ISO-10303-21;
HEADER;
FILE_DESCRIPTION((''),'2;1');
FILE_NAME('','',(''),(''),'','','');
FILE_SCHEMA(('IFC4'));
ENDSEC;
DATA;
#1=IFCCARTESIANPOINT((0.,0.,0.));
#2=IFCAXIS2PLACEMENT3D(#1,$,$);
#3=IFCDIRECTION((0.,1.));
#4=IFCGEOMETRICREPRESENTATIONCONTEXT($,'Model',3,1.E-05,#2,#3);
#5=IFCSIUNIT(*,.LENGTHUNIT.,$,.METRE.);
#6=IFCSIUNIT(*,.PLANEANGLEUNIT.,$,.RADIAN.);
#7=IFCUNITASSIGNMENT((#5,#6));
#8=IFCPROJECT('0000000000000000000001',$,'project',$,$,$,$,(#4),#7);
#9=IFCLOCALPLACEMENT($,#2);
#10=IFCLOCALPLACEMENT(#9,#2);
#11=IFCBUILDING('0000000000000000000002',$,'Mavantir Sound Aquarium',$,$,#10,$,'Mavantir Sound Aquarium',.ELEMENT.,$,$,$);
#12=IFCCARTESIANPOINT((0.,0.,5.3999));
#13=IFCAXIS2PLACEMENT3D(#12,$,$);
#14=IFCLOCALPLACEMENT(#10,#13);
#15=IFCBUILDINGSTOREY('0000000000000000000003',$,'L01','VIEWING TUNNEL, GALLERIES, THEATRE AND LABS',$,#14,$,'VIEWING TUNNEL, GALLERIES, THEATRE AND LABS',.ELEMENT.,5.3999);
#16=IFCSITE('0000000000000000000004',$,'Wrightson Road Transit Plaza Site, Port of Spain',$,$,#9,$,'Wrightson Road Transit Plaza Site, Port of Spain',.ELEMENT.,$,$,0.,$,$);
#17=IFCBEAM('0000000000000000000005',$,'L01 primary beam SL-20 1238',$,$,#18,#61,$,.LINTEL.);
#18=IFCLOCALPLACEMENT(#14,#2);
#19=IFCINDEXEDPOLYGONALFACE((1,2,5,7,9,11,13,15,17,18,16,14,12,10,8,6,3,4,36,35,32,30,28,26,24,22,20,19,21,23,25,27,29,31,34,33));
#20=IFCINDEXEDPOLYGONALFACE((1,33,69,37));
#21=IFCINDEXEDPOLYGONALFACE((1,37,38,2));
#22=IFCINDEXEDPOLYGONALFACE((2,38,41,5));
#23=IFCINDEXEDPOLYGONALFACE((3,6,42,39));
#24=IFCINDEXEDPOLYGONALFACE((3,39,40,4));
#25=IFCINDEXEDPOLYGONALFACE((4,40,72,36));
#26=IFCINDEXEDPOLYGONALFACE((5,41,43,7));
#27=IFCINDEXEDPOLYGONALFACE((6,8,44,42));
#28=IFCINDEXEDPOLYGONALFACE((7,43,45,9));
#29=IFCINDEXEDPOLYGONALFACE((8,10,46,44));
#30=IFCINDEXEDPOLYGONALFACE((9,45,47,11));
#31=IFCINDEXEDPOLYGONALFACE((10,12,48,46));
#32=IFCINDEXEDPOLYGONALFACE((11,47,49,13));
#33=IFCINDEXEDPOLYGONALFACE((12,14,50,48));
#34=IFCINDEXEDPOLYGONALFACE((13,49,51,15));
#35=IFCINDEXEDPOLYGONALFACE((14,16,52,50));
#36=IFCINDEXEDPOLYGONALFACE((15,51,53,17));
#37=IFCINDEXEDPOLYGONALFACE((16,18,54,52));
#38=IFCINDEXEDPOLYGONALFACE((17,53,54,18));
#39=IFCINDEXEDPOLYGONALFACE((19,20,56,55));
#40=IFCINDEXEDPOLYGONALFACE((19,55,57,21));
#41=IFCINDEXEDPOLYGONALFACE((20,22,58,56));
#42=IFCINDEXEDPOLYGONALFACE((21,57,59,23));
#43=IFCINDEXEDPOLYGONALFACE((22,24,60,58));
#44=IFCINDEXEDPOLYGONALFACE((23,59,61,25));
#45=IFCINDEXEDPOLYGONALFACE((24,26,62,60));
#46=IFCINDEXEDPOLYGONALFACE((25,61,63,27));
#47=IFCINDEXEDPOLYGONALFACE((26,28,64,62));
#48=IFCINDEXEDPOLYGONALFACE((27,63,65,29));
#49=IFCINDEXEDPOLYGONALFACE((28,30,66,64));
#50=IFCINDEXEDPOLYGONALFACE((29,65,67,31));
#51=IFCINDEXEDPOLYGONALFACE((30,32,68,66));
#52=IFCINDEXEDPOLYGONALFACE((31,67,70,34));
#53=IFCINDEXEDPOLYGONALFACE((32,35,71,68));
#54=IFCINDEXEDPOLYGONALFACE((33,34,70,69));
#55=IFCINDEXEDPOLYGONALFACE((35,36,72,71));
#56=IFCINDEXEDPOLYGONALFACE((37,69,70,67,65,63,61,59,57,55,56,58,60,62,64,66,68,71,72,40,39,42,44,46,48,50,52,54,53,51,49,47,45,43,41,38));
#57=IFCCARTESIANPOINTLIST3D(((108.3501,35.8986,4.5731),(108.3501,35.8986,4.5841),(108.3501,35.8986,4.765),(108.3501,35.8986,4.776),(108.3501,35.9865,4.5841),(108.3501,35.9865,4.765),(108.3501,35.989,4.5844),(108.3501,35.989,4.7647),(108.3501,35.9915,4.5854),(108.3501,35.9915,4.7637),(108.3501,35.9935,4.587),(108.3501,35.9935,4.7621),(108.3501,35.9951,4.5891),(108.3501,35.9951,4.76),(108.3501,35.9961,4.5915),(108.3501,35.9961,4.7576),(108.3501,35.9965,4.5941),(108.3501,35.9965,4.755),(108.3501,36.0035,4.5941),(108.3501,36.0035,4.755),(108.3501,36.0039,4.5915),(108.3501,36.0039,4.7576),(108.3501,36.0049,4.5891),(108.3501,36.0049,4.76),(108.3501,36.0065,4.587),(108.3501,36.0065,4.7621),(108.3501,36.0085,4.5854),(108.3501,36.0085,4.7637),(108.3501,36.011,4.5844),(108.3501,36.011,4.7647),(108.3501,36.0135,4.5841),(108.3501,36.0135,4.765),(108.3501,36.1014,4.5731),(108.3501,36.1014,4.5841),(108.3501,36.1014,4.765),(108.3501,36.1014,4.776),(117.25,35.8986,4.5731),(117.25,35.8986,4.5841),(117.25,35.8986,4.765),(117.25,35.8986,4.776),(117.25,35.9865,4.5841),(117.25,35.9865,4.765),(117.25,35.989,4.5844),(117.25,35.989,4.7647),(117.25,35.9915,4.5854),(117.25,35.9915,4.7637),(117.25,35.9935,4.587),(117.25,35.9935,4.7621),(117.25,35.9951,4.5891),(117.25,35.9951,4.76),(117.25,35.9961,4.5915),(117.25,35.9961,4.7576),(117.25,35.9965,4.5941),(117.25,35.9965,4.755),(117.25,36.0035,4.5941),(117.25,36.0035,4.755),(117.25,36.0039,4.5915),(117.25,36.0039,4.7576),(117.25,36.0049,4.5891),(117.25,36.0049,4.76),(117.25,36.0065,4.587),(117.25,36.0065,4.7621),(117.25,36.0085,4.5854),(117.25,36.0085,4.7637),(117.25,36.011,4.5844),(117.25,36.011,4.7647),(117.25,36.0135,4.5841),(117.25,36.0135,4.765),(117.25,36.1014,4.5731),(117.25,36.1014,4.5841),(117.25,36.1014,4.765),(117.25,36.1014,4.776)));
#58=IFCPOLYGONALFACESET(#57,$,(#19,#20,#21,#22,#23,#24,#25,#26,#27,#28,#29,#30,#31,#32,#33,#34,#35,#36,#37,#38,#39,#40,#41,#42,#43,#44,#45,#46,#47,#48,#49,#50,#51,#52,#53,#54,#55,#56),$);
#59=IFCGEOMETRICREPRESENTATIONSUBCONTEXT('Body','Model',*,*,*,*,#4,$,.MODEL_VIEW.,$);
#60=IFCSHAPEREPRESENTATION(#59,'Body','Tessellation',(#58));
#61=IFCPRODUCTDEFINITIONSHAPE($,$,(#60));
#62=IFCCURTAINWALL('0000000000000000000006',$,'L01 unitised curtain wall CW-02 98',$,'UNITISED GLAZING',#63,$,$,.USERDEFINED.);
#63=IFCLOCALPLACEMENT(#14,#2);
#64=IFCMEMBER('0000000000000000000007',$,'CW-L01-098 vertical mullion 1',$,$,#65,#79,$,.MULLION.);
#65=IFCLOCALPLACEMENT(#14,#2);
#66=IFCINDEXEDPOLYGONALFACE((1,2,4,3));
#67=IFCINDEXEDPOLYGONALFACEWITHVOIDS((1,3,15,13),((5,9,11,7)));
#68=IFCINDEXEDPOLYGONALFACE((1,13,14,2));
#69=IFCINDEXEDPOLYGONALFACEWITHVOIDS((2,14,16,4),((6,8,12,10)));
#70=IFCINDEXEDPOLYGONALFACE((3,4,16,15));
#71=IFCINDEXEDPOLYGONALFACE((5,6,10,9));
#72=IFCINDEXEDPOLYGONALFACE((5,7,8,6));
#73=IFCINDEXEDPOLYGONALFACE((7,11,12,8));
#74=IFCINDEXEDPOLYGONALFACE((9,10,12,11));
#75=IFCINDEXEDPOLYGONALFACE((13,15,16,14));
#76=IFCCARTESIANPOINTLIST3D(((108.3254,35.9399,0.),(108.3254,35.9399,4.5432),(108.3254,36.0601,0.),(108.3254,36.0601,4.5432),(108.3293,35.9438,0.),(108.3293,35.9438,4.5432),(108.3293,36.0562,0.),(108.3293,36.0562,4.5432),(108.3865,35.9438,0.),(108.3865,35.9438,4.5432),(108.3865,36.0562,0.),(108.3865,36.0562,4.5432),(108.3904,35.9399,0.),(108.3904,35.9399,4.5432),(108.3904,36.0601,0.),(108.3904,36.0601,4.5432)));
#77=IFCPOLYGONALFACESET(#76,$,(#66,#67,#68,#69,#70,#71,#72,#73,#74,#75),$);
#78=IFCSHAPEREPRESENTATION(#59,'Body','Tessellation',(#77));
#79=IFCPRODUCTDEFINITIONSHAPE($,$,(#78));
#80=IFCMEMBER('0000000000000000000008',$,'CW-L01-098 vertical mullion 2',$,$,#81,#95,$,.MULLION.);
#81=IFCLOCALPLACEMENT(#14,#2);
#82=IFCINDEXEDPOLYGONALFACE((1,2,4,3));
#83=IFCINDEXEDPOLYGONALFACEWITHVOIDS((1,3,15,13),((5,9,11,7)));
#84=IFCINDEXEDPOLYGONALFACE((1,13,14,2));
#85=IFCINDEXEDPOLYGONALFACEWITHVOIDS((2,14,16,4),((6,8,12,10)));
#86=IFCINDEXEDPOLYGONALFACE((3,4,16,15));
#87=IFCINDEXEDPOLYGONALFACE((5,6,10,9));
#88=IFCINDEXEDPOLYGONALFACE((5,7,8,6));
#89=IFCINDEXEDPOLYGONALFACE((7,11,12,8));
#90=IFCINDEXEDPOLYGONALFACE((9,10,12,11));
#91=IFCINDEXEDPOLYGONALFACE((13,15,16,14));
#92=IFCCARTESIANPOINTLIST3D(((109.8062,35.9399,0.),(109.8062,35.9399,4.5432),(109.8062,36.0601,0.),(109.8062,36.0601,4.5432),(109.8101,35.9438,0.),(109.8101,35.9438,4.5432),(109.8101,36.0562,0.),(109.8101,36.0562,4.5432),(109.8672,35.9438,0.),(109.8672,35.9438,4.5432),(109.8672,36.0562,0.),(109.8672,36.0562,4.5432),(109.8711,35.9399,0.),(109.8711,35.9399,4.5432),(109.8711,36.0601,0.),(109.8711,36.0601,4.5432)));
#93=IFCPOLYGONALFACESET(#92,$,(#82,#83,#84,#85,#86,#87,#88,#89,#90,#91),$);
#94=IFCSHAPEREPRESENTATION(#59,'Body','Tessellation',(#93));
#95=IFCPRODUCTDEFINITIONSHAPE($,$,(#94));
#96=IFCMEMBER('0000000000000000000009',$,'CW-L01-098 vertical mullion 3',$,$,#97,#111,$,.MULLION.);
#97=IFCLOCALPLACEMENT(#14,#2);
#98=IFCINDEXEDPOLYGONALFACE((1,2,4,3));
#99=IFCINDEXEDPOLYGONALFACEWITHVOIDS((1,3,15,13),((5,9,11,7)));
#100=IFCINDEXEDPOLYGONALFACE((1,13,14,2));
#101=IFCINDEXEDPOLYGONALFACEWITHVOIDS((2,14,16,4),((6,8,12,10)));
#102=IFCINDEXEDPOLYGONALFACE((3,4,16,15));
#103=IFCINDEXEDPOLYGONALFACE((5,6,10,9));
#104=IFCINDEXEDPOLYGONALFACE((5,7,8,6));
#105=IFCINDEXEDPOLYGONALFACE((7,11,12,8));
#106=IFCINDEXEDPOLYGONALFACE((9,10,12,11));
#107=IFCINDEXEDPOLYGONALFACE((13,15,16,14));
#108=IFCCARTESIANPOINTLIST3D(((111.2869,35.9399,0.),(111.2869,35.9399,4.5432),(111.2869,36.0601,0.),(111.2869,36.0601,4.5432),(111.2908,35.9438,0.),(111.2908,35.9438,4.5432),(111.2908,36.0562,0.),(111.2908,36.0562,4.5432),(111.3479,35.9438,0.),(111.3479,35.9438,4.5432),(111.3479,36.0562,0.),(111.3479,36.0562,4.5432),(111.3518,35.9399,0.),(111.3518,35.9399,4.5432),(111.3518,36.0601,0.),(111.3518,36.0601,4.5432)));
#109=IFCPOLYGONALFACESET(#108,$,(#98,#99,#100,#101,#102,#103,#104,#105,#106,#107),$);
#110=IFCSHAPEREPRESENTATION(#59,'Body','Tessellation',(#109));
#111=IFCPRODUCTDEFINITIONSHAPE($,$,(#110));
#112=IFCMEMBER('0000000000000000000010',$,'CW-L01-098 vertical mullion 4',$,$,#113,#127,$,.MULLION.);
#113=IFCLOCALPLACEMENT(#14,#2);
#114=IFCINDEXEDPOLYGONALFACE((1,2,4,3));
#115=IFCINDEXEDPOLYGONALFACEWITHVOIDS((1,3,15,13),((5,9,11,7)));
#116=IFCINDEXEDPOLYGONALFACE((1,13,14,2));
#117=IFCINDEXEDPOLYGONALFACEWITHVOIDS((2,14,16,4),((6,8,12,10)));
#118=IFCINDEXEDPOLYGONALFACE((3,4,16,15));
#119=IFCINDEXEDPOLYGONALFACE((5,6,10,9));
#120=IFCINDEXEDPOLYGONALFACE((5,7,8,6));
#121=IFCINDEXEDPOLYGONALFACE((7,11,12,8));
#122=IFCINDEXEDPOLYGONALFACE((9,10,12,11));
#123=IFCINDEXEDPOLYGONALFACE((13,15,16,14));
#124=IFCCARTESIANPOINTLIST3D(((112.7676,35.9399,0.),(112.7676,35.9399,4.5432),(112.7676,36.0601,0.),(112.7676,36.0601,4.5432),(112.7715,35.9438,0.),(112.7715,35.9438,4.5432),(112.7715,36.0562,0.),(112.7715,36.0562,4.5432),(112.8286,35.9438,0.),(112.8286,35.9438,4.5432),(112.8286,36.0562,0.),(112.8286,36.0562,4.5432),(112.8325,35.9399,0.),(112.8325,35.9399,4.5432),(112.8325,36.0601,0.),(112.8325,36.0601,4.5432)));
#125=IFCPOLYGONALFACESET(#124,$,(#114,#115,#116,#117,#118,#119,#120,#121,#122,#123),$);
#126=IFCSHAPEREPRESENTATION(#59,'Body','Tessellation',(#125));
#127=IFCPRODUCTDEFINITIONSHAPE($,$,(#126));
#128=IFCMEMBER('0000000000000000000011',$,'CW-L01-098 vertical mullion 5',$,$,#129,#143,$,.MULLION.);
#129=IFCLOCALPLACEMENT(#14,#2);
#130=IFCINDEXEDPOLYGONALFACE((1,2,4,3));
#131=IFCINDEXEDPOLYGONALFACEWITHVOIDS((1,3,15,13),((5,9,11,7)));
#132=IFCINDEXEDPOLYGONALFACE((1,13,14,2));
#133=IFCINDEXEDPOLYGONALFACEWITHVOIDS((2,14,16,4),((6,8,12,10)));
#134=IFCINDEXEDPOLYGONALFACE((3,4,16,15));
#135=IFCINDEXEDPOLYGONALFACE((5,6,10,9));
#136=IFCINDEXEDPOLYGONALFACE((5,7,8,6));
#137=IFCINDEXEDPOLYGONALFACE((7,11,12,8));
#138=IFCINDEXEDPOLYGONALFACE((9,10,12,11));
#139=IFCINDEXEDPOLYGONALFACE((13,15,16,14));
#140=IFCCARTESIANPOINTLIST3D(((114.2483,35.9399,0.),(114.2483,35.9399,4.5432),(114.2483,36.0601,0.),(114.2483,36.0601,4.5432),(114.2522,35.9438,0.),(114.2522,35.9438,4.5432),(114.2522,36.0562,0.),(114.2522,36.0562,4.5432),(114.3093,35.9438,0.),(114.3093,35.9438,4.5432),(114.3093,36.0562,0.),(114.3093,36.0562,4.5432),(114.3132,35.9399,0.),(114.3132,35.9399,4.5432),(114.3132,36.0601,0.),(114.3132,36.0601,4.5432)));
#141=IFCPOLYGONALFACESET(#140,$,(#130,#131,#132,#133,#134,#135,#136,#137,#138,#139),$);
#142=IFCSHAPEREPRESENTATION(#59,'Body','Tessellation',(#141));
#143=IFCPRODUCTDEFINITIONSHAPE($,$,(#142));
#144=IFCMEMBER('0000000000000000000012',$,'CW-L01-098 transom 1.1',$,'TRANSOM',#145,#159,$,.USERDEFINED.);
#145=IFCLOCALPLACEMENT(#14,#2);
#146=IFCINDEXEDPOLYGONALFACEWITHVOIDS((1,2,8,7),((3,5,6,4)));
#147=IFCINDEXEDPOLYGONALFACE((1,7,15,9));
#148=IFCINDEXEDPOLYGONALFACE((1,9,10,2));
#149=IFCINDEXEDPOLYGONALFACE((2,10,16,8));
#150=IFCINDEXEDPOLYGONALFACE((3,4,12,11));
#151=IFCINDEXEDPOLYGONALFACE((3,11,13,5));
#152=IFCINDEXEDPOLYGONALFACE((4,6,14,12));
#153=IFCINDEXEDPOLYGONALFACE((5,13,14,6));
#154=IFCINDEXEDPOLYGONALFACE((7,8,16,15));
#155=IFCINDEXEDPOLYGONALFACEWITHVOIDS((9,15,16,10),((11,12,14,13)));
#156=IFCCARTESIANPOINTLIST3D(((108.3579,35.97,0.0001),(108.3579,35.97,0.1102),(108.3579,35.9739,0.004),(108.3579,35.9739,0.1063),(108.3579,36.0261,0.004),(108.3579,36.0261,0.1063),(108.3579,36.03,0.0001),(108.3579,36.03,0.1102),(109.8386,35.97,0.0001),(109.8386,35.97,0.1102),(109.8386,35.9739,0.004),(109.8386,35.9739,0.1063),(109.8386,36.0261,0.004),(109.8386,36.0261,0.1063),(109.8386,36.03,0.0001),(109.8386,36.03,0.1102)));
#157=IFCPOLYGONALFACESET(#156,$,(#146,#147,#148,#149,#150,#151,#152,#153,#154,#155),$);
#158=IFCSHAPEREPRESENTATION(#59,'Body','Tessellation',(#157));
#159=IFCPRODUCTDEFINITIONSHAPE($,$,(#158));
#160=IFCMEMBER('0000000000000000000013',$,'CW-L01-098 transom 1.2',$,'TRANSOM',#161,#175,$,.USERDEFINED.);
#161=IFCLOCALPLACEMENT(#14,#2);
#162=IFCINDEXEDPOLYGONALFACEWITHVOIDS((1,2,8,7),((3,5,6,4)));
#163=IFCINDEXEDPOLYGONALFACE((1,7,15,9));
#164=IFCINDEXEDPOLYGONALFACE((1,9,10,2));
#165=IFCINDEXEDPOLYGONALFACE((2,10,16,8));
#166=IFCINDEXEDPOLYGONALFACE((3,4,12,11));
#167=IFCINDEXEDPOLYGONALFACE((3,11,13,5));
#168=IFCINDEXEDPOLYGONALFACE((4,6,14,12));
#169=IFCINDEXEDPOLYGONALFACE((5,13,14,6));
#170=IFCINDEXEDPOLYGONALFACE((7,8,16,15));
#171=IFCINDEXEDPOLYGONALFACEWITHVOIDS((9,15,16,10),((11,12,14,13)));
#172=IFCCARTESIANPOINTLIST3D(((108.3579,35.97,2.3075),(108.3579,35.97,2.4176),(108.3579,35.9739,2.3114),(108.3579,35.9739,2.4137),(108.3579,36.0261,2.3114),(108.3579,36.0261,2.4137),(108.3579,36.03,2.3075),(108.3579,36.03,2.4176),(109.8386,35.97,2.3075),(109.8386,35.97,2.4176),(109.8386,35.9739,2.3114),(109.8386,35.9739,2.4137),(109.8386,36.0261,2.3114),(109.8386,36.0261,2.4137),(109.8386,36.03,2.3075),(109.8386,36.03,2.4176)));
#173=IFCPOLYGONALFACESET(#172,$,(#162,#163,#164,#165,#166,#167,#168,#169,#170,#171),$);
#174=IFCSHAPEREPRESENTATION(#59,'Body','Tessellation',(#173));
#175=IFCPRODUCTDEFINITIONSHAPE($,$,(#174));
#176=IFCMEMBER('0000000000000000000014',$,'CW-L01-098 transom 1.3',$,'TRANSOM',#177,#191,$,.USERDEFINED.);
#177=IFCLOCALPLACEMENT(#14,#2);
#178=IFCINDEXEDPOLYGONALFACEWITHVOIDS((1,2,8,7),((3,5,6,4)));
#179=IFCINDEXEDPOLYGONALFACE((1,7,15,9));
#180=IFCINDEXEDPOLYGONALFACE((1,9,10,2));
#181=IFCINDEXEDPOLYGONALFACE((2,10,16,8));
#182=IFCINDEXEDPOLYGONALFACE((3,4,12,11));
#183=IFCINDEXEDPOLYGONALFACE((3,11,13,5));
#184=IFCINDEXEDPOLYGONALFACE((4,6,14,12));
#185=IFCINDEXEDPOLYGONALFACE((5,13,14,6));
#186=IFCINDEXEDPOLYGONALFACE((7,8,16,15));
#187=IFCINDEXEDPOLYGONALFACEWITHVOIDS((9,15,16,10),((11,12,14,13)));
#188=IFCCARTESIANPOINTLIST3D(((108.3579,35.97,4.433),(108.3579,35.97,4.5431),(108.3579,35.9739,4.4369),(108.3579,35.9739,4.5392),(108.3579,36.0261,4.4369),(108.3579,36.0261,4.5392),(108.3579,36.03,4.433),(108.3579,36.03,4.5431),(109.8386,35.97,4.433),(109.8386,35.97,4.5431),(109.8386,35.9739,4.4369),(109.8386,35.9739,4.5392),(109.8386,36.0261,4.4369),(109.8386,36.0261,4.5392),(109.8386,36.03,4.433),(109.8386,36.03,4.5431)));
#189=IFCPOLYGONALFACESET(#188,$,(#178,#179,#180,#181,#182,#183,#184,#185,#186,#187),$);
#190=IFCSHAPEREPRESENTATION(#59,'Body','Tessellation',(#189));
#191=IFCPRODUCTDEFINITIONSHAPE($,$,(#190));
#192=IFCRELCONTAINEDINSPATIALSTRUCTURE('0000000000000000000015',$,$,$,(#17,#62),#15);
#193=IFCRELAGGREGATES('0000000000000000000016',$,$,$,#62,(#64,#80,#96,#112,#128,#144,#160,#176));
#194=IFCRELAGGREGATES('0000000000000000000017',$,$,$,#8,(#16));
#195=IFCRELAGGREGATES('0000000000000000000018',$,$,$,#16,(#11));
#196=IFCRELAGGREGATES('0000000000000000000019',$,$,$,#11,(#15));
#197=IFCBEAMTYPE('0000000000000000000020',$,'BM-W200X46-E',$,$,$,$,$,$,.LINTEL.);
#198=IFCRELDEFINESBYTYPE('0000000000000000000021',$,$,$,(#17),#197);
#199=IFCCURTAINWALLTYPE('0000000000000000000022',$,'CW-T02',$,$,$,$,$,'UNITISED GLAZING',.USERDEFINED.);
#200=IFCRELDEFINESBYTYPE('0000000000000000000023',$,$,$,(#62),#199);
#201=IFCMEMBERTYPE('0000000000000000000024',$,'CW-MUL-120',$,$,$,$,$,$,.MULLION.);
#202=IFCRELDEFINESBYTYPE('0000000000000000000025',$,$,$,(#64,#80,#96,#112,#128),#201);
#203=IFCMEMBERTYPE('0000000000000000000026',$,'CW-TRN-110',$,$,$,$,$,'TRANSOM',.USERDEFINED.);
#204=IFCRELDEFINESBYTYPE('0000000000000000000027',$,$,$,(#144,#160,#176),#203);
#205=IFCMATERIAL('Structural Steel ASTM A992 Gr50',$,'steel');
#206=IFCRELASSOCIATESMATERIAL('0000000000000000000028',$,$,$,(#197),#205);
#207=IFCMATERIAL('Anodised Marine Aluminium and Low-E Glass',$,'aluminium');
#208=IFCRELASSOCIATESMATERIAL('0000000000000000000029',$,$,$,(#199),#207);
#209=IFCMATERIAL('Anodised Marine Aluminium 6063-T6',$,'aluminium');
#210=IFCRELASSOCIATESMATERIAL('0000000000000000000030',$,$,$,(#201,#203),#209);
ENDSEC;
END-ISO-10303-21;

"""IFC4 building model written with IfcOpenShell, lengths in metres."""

from ifc_helpers import new_model, si_unit, direction, frame, origin, origin_2d, place, context, subcontext, project, spatial, hollow_rectangle, i_section, extrude, material, material_profile, profile_set, type_object, element, aggregate, save


model = new_model("IFC4")

# Units and contexts
model_context = context("Model", 3, precision=1e-05, world=origin(), true_north=direction((0.0, 1.0)))
body_context = subcontext(model_context, "Body", "Model", "MODEL_VIEW")
ifc_project = project(units=[si_unit("LENGTHUNIT", "METRE"), si_unit("PLANEANGLEUNIT", "RADIAN")], contexts=[model_context])

# Site, building, storey
site_placement = place(None, origin())
site = spatial("IfcSite", under=ifc_project, at=site_placement, Name="Wrightson Road Transit Plaza Site, Port of Spain", LongName="Wrightson Road Transit Plaza Site, Port of Spain", CompositionType="ELEMENT", RefElevation=0.0)
building_placement = place(site_placement, origin())
building = spatial("IfcBuilding", under=site, at=building_placement, Name="Mavantir Sound Aquarium", LongName="Mavantir Sound Aquarium", CompositionType="ELEMENT")
storey_placement = place(building_placement, frame((0.0, 0.0, 5.3999)))
storey = spatial("IfcBuildingStorey", under=building, at=storey_placement, Name="L01", Description="VIEWING TUNNEL, GALLERIES, THEATRE AND LABS", LongName="VIEWING TUNNEL, GALLERIES, THEATRE AND LABS", CompositionType="ELEMENT", Elevation=5.3999)

# Beam
ifc_material_1 = material(Name="Structural Steel ASTM A992 Gr50", Category="steel")
ifc_material_profile_1 = material_profile(ifc_material_1, i_section(OverallWidth=0.2029, OverallDepth=0.2029, WebThickness=0.0071, FlangeThickness=0.011, FilletRadius=0.01, at=origin_2d()), Name="W200X46")
ifc_profile_set_1 = profile_set([ifc_material_profile_1], Name="Structural Steel ASTM A992 Gr50")
beam_type = type_object("IfcBeamType", Name="BM-W200X46-E", PredefinedType="LINTEL", material=ifc_profile_set_1)
beam_placement = place(storey_placement, frame((108.3501, 36.0, 4.6746), z_axis=(1.0, 0.0, 0.0), x_axis=(0.0, 1.0, 0.0)))
element("IfcBeam", 1, at=beam_placement, inside=storey, type_object=beam_type, Name="L01 primary beam SL-20 1238", PredefinedType="LINTEL", context=body_context, shape_type="SweptSolid", body=[
    extrude(i_section(OverallWidth=0.2029, OverallDepth=0.2029, WebThickness=0.0071, FlangeThickness=0.011, FilletRadius=0.01, at=origin_2d()), origin(), (0.0, 0.0, 1.0), 8.8999),
])

# Curtain wall, members
ifc_material_2 = material(Name="Anodised Marine Aluminium and Low-E Glass", Category="aluminium")
curtain_wall_type = type_object("IfcCurtainWallType", Name="CW-T02", ElementType="UNITISED GLAZING", PredefinedType="USERDEFINED", material=ifc_material_2)
curtain_wall_placement = place(storey_placement, origin())
curtain_wall = element("IfcCurtainWall", 2, at=curtain_wall_placement, inside=storey, type_object=curtain_wall_type, Name="L01 unitised curtain wall CW-02 98", ObjectType="UNITISED GLAZING", PredefinedType="USERDEFINED")
ifc_material_3 = material(Name="Anodised Marine Aluminium 6063-T6", Category="aluminium")
ifc_material_profile_2 = material_profile(ifc_material_3, hollow_rectangle(XDim=0.0649, YDim=0.1201, WallThickness=0.0039, at=origin_2d()), Name="ALU-MULLION-120X65")
ifc_profile_set_2 = profile_set([ifc_material_profile_2], Name="Anodised Marine Aluminium 6063-T6")
member_type_1 = type_object("IfcMemberType", Name="CW-MUL-120", PredefinedType="MULLION", material=ifc_profile_set_2)
member_1_placement = place(storey_placement, frame((108.3579, 36.0, 0.0), z_axis=(0.0, 0.0, 1.0), x_axis=(1.0, 0.0, 0.0)))
member_1 = element("IfcMember", 3, at=member_1_placement, type_object=member_type_1, Name="CW-L01-098 vertical mullion 1", PredefinedType="MULLION", context=body_context, shape_type="SweptSolid", body=[
    extrude(hollow_rectangle(XDim=0.0649, YDim=0.1201, WallThickness=0.0039, at=origin_2d()), origin(), (0.0, 0.0, 1.0), 4.5432),
])
member_2_placement = place(storey_placement, frame((109.8386, 36.0, 0.0), z_axis=(0.0, 0.0, 1.0), x_axis=(1.0, 0.0, 0.0)))
member_2 = element("IfcMember", 4, at=member_2_placement, type_object=member_type_1, Name="CW-L01-098 vertical mullion 2", PredefinedType="MULLION", context=body_context, shape_type="SweptSolid", body=[
    extrude(hollow_rectangle(XDim=0.0649, YDim=0.1201, WallThickness=0.0039, at=origin_2d()), origin(), (0.0, 0.0, 1.0), 4.5432),
])
member_3_placement = place(storey_placement, frame((111.3193, 36.0, 0.0), z_axis=(0.0, 0.0, 1.0), x_axis=(1.0, 0.0, 0.0)))
member_3 = element("IfcMember", 5, at=member_3_placement, type_object=member_type_1, Name="CW-L01-098 vertical mullion 3", PredefinedType="MULLION", context=body_context, shape_type="SweptSolid", body=[
    extrude(hollow_rectangle(XDim=0.0649, YDim=0.1201, WallThickness=0.0039, at=origin_2d()), origin(), (0.0, 0.0, 1.0), 4.5432),
])
member_4_placement = place(storey_placement, frame((112.8, 36.0, 0.0), z_axis=(0.0, 0.0, 1.0), x_axis=(1.0, 0.0, 0.0)))
member_4 = element("IfcMember", 6, at=member_4_placement, type_object=member_type_1, Name="CW-L01-098 vertical mullion 4", PredefinedType="MULLION", context=body_context, shape_type="SweptSolid", body=[
    extrude(hollow_rectangle(XDim=0.0649, YDim=0.1201, WallThickness=0.0039, at=origin_2d()), origin(), (0.0, 0.0, 1.0), 4.5432),
])
member_5_placement = place(storey_placement, frame((114.2808, 36.0, 0.0), z_axis=(0.0, 0.0, 1.0), x_axis=(1.0, 0.0, 0.0)))
member_5 = element("IfcMember", 7, at=member_5_placement, type_object=member_type_1, Name="CW-L01-098 vertical mullion 5", PredefinedType="MULLION", context=body_context, shape_type="SweptSolid", body=[
    extrude(hollow_rectangle(XDim=0.0649, YDim=0.1201, WallThickness=0.0039, at=origin_2d()), origin(), (0.0, 0.0, 1.0), 4.5432),
])
ifc_material_profile_3 = material_profile(ifc_material_3, hollow_rectangle(XDim=0.0601, YDim=0.1101, WallThickness=0.0039, at=origin_2d()), Name="ALU-TRANSOM-110X60")
ifc_profile_set_3 = profile_set([ifc_material_profile_3], Name="Anodised Marine Aluminium 6063-T6")
member_type_2 = type_object("IfcMemberType", Name="CW-TRN-110", ElementType="TRANSOM", PredefinedType="USERDEFINED", material=ifc_profile_set_3)
member_6_placement = place(storey_placement, frame((108.3579, 36.0, 0.0552), z_axis=(1.0, 0.0, 0.0), x_axis=(0.0, 1.0, 0.0)))
member_6 = element("IfcMember", 8, at=member_6_placement, type_object=member_type_2, Name="CW-L01-098 transom 1.1", ObjectType="TRANSOM", PredefinedType="USERDEFINED", context=body_context, shape_type="SweptSolid", body=[
    extrude(hollow_rectangle(XDim=0.0601, YDim=0.1101, WallThickness=0.0039, at=origin_2d()), origin(), (0.0, 0.0, 1.0), 1.4807),
])
member_7_placement = place(storey_placement, frame((108.3579, 36.0, 2.3625), z_axis=(1.0, 0.0, 0.0), x_axis=(0.0, 1.0, 0.0)))
member_7 = element("IfcMember", 9, at=member_7_placement, type_object=member_type_2, Name="CW-L01-098 transom 1.2", ObjectType="TRANSOM", PredefinedType="USERDEFINED", context=body_context, shape_type="SweptSolid", body=[
    extrude(hollow_rectangle(XDim=0.0601, YDim=0.1101, WallThickness=0.0039, at=origin_2d()), origin(), (0.0, 0.0, 1.0), 1.4807),
])
member_8_placement = place(storey_placement, frame((108.3579, 36.0, 4.488), z_axis=(1.0, 0.0, 0.0), x_axis=(0.0, 1.0, 0.0)))
member_8 = element("IfcMember", 10, at=member_8_placement, type_object=member_type_2, Name="CW-L01-098 transom 1.3", ObjectType="TRANSOM", PredefinedType="USERDEFINED", context=body_context, shape_type="SweptSolid", body=[
    extrude(hollow_rectangle(XDim=0.0601, YDim=0.1101, WallThickness=0.0039, at=origin_2d()), origin(), (0.0, 0.0, 1.0), 1.4807),
])
aggregate(curtain_wall, [member_1, member_2, member_3, member_4, member_5, member_6, member_7, member_8])

save(model, "model.ifc")
